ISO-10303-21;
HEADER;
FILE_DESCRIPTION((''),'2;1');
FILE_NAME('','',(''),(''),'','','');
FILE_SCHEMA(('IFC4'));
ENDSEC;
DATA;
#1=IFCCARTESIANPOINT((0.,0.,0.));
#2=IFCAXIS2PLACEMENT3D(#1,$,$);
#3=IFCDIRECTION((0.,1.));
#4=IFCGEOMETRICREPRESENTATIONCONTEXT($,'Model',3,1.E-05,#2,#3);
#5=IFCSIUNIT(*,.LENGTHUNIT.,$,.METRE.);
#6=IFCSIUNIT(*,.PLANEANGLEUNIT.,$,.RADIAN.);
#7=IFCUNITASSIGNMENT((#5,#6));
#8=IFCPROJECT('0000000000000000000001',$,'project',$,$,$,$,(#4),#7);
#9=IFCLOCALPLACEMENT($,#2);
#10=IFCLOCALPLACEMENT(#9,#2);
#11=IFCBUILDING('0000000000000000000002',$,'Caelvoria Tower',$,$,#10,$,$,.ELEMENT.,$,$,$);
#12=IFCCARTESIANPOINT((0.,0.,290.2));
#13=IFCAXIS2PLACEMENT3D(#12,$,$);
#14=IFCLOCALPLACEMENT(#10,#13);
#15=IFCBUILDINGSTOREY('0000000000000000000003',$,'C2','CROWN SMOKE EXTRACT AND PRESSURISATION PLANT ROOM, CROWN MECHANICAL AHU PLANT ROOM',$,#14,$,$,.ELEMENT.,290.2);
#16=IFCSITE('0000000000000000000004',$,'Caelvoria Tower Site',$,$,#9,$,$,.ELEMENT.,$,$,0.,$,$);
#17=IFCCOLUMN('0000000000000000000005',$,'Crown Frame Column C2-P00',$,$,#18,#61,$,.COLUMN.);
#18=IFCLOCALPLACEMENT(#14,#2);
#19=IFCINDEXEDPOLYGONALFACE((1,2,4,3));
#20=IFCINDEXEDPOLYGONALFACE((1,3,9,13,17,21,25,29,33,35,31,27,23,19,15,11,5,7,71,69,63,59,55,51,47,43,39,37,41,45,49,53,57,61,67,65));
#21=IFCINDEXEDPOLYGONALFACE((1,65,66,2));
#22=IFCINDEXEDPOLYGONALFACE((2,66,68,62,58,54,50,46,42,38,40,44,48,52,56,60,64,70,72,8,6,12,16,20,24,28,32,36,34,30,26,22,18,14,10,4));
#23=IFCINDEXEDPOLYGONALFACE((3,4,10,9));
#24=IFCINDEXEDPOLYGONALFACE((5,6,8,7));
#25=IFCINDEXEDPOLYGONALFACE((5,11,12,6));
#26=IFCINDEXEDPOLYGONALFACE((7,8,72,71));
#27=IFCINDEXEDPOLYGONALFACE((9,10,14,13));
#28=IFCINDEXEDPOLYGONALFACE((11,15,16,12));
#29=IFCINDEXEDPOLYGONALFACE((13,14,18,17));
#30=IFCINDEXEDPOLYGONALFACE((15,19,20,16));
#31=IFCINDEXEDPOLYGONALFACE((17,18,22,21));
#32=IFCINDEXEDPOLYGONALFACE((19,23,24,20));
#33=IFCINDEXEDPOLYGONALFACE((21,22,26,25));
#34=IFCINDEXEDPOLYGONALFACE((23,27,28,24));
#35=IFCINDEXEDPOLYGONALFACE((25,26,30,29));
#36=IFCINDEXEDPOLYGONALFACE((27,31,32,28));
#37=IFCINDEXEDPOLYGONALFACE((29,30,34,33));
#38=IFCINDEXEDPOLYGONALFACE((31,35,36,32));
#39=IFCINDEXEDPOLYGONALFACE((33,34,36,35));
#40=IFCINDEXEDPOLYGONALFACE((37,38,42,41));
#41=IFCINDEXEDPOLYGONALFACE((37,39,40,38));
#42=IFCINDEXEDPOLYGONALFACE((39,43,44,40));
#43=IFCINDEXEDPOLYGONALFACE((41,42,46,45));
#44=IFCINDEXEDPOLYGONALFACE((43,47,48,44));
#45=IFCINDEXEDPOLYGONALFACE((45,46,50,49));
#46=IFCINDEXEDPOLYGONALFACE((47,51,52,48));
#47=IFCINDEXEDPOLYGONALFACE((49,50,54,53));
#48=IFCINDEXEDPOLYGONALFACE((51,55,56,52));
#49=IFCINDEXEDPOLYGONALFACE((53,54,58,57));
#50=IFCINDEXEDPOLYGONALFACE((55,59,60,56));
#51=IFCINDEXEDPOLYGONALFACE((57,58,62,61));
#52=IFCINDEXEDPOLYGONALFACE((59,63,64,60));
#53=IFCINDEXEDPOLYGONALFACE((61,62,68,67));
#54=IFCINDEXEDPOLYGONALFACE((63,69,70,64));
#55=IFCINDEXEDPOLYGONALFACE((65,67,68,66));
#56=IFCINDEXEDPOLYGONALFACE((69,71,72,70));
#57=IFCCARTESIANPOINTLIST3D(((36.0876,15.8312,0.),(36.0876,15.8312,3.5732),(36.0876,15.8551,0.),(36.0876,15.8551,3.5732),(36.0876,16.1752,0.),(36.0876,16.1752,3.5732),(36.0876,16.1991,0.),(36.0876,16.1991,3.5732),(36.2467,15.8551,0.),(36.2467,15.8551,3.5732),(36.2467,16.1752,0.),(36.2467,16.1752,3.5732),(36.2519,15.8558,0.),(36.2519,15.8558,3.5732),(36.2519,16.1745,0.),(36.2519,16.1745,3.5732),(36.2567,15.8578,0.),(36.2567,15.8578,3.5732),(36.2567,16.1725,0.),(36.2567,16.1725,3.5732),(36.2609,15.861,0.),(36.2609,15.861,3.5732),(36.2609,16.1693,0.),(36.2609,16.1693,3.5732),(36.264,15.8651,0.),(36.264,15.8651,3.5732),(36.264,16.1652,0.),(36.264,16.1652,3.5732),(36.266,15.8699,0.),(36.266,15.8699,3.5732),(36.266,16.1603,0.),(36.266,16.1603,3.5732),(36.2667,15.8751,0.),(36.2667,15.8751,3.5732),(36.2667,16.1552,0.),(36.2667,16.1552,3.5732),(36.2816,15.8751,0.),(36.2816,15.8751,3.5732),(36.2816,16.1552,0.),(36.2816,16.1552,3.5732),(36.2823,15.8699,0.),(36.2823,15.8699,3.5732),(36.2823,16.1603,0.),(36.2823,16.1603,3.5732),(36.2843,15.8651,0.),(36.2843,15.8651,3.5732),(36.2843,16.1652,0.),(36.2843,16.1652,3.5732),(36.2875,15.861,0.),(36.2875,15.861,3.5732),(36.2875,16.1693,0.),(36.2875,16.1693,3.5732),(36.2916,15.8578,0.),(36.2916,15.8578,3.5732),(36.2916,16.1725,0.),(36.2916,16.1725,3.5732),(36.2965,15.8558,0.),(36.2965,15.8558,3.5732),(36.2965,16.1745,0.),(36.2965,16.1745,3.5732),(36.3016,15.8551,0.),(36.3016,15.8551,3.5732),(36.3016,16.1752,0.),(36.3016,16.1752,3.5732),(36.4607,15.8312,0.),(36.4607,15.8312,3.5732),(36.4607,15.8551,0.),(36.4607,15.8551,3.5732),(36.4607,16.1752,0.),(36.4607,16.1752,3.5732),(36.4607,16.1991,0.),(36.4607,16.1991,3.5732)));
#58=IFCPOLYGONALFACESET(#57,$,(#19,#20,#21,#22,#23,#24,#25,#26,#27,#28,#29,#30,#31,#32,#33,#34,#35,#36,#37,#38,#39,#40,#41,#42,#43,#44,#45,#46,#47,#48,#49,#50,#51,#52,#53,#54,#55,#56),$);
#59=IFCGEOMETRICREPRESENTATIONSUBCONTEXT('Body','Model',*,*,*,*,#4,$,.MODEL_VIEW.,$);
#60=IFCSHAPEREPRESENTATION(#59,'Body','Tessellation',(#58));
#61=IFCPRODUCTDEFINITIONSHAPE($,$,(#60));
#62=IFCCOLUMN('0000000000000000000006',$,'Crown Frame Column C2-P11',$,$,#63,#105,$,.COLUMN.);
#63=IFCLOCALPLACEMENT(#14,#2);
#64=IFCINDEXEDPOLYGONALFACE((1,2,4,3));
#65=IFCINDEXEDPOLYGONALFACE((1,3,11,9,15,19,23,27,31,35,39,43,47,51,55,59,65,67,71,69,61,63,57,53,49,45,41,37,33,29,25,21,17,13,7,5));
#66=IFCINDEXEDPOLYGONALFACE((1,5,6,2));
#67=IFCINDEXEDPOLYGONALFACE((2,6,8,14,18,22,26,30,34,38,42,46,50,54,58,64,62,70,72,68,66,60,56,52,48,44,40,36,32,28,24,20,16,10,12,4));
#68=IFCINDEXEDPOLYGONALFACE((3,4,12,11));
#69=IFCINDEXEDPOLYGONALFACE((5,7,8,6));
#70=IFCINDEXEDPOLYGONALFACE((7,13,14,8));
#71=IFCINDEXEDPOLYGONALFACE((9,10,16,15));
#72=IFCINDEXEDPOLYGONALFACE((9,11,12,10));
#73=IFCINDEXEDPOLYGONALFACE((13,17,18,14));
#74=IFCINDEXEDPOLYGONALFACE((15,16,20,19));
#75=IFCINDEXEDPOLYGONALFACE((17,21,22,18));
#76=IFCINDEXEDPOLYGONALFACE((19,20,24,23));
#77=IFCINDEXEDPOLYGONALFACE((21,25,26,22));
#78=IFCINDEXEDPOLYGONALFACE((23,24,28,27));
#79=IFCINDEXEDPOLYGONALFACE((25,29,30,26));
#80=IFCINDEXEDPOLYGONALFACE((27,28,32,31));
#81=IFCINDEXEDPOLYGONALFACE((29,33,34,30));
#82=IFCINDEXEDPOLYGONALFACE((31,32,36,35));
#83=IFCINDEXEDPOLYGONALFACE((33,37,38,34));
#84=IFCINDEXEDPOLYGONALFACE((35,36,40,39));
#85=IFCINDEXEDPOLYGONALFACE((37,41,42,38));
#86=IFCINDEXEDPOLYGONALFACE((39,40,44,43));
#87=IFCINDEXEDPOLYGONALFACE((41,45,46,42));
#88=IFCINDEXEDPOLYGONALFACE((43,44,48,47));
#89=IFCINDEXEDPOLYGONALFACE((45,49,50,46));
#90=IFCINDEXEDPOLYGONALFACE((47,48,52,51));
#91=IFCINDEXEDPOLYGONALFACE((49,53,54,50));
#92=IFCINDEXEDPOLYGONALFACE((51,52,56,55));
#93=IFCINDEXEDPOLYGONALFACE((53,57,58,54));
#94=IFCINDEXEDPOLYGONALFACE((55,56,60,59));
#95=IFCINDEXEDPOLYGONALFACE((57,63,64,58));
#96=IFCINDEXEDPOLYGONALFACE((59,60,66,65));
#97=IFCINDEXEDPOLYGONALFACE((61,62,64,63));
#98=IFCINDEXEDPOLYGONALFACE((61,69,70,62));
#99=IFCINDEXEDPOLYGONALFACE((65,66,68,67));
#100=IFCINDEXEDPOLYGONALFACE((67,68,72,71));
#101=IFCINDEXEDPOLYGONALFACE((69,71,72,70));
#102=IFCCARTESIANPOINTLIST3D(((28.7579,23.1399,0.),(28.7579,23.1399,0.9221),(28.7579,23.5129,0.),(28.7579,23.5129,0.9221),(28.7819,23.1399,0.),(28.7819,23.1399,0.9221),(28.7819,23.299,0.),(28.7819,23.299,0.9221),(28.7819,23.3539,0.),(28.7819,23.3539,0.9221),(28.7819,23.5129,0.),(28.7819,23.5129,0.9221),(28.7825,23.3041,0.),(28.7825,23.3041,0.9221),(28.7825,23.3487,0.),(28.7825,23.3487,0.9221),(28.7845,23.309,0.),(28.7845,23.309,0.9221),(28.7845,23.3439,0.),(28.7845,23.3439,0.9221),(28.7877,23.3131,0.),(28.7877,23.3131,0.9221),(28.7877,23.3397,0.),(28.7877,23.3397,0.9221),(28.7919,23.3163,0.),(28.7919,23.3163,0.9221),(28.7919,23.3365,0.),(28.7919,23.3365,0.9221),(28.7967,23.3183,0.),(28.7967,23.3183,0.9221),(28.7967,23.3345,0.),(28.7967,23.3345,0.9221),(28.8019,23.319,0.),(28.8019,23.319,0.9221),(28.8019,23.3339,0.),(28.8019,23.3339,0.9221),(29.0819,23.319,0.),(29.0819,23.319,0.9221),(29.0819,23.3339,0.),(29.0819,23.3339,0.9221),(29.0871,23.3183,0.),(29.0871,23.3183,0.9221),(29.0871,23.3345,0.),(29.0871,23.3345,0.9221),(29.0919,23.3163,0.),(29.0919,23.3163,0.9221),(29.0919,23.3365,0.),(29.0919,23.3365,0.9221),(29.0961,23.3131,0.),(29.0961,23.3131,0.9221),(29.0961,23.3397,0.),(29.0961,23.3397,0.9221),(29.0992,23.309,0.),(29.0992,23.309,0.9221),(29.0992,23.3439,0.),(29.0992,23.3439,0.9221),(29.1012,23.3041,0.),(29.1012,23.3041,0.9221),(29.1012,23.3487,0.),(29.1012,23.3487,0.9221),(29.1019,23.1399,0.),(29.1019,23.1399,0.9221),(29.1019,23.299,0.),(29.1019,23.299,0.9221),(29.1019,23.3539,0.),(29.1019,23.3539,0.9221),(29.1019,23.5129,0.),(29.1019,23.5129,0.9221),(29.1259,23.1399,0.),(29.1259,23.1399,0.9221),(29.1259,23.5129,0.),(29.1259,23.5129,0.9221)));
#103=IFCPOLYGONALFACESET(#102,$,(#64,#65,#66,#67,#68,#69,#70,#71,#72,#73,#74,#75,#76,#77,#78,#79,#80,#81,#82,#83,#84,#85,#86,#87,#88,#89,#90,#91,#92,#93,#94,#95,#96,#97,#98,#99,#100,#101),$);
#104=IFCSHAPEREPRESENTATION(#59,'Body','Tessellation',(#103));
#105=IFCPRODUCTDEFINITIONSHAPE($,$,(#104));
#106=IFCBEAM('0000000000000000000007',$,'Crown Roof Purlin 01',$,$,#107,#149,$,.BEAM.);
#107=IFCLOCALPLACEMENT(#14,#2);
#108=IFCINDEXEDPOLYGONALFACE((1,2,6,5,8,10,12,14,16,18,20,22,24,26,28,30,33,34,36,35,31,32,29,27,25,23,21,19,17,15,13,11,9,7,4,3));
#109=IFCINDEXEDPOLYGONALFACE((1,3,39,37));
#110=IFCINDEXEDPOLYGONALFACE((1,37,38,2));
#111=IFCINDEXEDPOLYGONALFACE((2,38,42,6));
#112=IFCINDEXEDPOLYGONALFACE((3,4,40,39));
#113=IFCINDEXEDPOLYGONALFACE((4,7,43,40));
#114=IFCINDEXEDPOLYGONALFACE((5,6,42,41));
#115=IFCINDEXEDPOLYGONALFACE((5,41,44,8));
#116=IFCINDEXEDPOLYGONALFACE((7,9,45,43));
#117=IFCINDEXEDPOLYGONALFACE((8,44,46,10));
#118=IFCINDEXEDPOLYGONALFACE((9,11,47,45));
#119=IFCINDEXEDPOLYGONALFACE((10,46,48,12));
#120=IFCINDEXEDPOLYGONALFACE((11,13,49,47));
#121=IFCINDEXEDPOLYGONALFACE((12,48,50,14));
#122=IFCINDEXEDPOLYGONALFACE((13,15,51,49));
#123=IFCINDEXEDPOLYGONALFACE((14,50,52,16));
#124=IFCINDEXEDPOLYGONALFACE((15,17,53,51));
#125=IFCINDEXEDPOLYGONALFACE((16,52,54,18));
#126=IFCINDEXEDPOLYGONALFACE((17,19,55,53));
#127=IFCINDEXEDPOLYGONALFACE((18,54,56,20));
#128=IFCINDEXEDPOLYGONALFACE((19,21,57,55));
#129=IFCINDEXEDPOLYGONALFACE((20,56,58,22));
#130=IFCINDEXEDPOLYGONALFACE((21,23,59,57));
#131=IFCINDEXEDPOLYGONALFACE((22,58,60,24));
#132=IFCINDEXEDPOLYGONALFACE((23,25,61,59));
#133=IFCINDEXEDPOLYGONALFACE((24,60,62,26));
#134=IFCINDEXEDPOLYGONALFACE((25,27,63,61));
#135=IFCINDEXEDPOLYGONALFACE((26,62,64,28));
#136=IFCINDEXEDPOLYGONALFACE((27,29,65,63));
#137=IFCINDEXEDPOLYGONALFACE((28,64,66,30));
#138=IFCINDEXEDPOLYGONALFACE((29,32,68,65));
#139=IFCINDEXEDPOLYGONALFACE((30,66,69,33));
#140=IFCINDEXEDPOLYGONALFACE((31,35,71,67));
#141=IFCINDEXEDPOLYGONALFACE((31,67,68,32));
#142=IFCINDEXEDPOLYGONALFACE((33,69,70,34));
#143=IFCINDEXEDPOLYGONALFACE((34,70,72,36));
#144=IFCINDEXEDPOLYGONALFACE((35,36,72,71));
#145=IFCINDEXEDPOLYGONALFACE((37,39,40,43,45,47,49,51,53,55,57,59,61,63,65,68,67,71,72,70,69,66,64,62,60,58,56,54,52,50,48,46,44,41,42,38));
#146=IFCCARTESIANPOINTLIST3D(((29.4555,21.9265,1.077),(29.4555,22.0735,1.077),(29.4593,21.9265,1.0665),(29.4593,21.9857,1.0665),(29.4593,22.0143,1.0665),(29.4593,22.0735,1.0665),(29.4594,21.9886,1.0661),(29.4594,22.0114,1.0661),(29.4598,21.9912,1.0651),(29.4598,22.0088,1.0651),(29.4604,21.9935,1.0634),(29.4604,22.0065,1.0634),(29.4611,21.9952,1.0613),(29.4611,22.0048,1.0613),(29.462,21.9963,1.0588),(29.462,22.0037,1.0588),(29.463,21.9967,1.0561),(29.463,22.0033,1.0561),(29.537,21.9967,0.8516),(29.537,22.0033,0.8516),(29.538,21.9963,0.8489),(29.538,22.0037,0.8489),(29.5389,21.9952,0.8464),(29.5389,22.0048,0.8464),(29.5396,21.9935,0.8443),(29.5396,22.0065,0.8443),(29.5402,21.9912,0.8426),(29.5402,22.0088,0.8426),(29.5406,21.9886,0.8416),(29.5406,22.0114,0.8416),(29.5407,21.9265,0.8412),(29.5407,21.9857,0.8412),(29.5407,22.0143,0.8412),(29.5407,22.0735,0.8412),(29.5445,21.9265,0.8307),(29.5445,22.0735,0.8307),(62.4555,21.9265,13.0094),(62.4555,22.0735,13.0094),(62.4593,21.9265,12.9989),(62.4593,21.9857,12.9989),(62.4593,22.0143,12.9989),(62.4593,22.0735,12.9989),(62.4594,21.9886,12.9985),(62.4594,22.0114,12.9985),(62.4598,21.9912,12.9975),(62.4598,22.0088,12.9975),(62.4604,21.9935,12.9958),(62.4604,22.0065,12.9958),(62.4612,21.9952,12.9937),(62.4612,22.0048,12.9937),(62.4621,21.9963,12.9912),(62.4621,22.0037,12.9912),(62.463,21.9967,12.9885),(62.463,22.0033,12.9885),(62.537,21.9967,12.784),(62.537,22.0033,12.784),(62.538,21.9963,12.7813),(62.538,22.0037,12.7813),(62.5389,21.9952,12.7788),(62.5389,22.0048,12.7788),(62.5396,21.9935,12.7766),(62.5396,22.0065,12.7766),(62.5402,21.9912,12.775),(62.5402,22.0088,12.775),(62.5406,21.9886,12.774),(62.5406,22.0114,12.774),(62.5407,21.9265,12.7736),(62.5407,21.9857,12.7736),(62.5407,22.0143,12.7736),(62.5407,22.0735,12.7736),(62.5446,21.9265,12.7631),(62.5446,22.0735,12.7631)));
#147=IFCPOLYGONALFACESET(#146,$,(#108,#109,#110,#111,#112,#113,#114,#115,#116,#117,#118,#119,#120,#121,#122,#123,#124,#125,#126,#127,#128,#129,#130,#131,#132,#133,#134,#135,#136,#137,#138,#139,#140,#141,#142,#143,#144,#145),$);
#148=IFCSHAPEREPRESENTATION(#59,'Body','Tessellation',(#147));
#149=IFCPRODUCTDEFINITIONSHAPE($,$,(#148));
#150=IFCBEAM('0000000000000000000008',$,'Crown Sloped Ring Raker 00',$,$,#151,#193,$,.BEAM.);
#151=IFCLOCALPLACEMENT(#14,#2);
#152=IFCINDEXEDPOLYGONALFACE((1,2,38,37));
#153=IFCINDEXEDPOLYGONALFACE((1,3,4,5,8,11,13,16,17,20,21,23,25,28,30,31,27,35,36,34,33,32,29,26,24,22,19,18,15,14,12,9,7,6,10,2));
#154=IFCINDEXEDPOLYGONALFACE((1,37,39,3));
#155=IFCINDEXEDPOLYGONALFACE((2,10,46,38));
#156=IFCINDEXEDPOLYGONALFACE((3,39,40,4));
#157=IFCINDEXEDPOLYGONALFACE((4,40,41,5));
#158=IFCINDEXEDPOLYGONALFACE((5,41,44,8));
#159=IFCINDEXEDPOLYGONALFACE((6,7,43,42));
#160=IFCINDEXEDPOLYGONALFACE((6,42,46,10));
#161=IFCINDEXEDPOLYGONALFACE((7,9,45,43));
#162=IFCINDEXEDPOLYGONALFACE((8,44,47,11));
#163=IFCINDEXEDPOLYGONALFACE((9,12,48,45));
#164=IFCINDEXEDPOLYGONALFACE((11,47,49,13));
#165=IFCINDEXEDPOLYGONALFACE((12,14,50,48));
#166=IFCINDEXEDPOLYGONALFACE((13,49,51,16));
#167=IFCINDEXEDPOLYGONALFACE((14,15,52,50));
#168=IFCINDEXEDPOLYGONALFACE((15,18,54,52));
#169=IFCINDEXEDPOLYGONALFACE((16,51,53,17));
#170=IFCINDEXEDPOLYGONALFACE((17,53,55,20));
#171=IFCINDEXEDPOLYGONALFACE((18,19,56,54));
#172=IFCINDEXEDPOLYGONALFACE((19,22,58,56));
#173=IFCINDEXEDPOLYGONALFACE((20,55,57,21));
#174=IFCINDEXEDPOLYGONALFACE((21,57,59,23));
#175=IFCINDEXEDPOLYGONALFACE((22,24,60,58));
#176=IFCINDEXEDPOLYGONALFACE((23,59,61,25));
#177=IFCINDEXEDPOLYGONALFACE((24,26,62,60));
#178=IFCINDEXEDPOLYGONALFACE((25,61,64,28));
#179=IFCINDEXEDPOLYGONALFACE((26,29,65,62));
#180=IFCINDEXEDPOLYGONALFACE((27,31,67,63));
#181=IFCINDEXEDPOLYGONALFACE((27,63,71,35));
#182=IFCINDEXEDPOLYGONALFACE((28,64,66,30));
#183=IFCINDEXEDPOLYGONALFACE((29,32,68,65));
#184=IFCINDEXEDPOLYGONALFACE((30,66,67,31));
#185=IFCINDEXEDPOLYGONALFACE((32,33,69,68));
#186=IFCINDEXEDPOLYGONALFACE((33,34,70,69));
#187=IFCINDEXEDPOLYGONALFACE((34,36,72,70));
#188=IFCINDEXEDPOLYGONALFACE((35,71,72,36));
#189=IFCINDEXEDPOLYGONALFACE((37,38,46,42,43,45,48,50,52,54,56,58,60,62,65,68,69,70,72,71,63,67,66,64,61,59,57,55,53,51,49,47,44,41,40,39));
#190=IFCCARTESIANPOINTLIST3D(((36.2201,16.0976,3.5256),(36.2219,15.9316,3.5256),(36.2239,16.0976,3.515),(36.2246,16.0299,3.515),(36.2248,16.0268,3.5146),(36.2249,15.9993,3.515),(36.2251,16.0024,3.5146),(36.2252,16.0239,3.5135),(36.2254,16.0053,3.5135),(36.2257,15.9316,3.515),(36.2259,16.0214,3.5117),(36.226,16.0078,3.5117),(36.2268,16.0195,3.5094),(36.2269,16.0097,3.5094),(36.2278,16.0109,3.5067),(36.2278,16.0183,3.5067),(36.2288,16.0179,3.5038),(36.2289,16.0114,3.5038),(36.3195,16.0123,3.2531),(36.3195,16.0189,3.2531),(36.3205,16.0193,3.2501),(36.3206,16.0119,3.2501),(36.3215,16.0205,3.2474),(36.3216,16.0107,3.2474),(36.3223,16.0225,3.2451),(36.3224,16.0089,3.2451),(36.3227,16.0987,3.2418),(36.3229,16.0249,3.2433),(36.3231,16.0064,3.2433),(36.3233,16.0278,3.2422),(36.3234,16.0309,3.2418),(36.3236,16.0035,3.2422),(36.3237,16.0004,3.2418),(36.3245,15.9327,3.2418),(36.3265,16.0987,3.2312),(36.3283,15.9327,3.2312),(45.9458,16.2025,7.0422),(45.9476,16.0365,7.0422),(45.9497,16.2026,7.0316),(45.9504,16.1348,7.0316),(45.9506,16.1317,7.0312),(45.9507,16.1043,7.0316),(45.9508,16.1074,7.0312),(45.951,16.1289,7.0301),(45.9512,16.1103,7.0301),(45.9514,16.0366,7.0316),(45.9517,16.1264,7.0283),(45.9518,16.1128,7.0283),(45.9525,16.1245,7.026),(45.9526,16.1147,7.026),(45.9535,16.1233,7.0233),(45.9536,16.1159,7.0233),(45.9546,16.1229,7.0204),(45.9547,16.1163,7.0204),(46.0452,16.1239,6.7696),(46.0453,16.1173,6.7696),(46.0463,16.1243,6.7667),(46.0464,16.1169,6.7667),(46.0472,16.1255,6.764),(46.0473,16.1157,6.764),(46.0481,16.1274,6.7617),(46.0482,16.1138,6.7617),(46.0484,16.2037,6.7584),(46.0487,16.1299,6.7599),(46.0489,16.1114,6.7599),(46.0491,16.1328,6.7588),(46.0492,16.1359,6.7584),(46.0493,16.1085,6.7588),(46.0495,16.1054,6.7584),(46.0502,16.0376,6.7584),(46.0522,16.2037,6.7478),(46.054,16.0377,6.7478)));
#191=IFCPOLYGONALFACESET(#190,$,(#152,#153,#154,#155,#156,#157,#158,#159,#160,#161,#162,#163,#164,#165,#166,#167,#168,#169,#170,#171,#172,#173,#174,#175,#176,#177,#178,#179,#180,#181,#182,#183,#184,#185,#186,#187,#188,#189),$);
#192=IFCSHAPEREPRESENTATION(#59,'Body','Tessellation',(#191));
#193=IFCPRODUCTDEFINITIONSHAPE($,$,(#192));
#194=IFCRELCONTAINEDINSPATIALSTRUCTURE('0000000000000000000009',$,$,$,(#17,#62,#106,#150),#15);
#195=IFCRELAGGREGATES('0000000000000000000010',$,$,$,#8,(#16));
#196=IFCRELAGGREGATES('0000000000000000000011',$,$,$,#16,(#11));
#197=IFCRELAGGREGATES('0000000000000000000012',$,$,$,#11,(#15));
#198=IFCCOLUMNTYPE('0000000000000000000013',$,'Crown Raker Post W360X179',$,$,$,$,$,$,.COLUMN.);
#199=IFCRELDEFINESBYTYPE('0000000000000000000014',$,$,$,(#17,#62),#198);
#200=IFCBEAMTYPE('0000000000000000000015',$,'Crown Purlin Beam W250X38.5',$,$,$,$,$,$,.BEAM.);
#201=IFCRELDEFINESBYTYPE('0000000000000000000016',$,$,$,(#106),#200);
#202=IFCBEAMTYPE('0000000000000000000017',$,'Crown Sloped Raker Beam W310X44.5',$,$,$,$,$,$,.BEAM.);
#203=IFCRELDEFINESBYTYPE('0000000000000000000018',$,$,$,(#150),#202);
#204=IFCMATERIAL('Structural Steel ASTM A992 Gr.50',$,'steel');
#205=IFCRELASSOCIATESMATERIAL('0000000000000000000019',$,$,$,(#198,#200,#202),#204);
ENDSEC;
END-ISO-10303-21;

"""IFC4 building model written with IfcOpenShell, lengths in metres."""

from ifc_helpers import new_model, si_unit, direction, frame, origin, origin_2d, place, context, subcontext, project, spatial, i_section, extrude, material, material_profile, profile_set, type_object, element, save


model = new_model("IFC4")

# Units and contexts
model_context = context("Model", 3, precision=1e-05, world=origin(), true_north=direction((0.0, 1.0)))
body_context = subcontext(model_context, "Body", "Model", "MODEL_VIEW")
ifc_project = project(units=[si_unit("LENGTHUNIT", "METRE"), si_unit("PLANEANGLEUNIT", "RADIAN")], contexts=[model_context])

# Site, building, storey
site_placement = place(None, origin())
site = spatial("IfcSite", under=ifc_project, at=site_placement, Name="Caelvoria Tower Site", CompositionType="ELEMENT", RefElevation=0.0)
building_placement = place(site_placement, origin())
building = spatial("IfcBuilding", under=site, at=building_placement, Name="Caelvoria Tower", CompositionType="ELEMENT")
storey_placement = place(building_placement, frame((0.0, 0.0, 290.2)))
storey = spatial("IfcBuildingStorey", under=building, at=storey_placement, Name="C2", Description="CROWN SMOKE EXTRACT AND PRESSURISATION PLANT ROOM, CROWN MECHANICAL AHU PLANT ROOM", CompositionType="ELEMENT", Elevation=290.2)

# Columns
ifc_material_1 = material(Name="Structural Steel ASTM A992 Gr.50", Category="steel")
ifc_material_profile_1 = material_profile(ifc_material_1, i_section(OverallWidth=0.373, OverallDepth=0.3679, WebThickness=0.0149, FlangeThickness=0.0239, FilletRadius=0.02, at=origin_2d()), Name="Structural Steel ASTM A992 Gr.50")
ifc_profile_set_1 = profile_set([ifc_material_profile_1], Name="W360X179 - Structural Steel ASTM A992 Gr.50")
column_type = type_object("IfcColumnType", Name="Crown Raker Post W360X179", PredefinedType="COLUMN", material=ifc_profile_set_1)
column_1_placement = place(storey_placement, frame((36.2742, 16.0151, 0.0), z_axis=(0.0, 0.0, 1.0), x_axis=(1.0, 0.0, 0.0)))
element("IfcColumn", 1, at=column_1_placement, inside=storey, type_object=column_type, Name="Crown Frame Column C2-P00", PredefinedType="COLUMN", context=body_context, shape_type="SweptSolid", body=[
    extrude(i_section(OverallWidth=0.373, OverallDepth=0.3679, WebThickness=0.0149, FlangeThickness=0.0239, FilletRadius=0.02, at=origin_2d()), origin(), (0.0, 0.0, 1.0), 3.5732),
])
column_2_placement = place(storey_placement, frame((28.9419, 23.3264, 0.0), z_axis=(0.0, 0.0, 1.0), x_axis=(0.0, 1.0, 0.0)))
element("IfcColumn", 2, at=column_2_placement, inside=storey, type_object=column_type, Name="Crown Frame Column C2-P11", PredefinedType="COLUMN", context=body_context, shape_type="SweptSolid", body=[
    extrude(i_section(OverallWidth=0.373, OverallDepth=0.3679, WebThickness=0.0149, FlangeThickness=0.0239, FilletRadius=0.02, at=origin_2d()), origin(), (0.0, 0.0, 1.0), 0.9221),
])

# Beams
ifc_material_profile_2 = material_profile(ifc_material_1, i_section(OverallWidth=0.147, OverallDepth=0.262, WebThickness=0.0066, FlangeThickness=0.0112, FilletRadius=0.011, at=origin_2d()), Name="Structural Steel ASTM A992 Gr.50")
ifc_profile_set_2 = profile_set([ifc_material_profile_2], Name="W250X38.5 - Structural Steel ASTM A992 Gr.50")
beam_type_1 = type_object("IfcBeamType", Name="Crown Purlin Beam W250X38.5", PredefinedType="BEAM", material=ifc_profile_set_2)
beam_1_placement = place(storey_placement, frame((29.5, 22.0, 0.9539), z_axis=(0.940411, 0.0, 0.34004), x_axis=(0.0, 1.0, 0.0)))
element("IfcBeam", 3, at=beam_1_placement, inside=storey, type_object=beam_type_1, Name="Crown Roof Purlin 01", PredefinedType="BEAM", context=body_context, shape_type="SweptSolid", body=[
    extrude(i_section(OverallWidth=0.147, OverallDepth=0.262, WebThickness=0.0066, FlangeThickness=0.0112, FilletRadius=0.011, at=origin_2d()), origin(), (0.0, 0.0, 1.0), 35.0911),
])
ifc_material_profile_3 = material_profile(ifc_material_1, i_section(OverallWidth=0.166, OverallDepth=0.313, WebThickness=0.0066, FlangeThickness=0.0112, FilletRadius=0.012, at=origin_2d()), Name="Structural Steel ASTM A992 Gr.50")
ifc_profile_set_3 = profile_set([ifc_material_profile_3], Name="W310X44.5 - Structural Steel ASTM A992 Gr.50")
beam_type_2 = type_object("IfcBeamType", Name="Crown Sloped Raker Beam W310X44.5", PredefinedType="BEAM", material=ifc_profile_set_3)
beam_2_placement = place(storey_placement, frame((36.2742, 16.0151, 3.3784), z_axis=(0.940366, 0.01015, 0.340012), x_axis=(-0.010793, 0.999942, 0.0)))
element("IfcBeam", 4, at=beam_2_placement, inside=storey, type_object=beam_type_2, Name="Crown Sloped Ring Raker 00", PredefinedType="BEAM", context=body_context, shape_type="SweptSolid", body=[
    extrude(i_section(OverallWidth=0.166, OverallDepth=0.313, WebThickness=0.0066, FlangeThickness=0.0112, FilletRadius=0.012, at=origin_2d()), origin(), (0.0, 0.0, 1.0), 10.3425),
])

save(model, "model.ifc")
